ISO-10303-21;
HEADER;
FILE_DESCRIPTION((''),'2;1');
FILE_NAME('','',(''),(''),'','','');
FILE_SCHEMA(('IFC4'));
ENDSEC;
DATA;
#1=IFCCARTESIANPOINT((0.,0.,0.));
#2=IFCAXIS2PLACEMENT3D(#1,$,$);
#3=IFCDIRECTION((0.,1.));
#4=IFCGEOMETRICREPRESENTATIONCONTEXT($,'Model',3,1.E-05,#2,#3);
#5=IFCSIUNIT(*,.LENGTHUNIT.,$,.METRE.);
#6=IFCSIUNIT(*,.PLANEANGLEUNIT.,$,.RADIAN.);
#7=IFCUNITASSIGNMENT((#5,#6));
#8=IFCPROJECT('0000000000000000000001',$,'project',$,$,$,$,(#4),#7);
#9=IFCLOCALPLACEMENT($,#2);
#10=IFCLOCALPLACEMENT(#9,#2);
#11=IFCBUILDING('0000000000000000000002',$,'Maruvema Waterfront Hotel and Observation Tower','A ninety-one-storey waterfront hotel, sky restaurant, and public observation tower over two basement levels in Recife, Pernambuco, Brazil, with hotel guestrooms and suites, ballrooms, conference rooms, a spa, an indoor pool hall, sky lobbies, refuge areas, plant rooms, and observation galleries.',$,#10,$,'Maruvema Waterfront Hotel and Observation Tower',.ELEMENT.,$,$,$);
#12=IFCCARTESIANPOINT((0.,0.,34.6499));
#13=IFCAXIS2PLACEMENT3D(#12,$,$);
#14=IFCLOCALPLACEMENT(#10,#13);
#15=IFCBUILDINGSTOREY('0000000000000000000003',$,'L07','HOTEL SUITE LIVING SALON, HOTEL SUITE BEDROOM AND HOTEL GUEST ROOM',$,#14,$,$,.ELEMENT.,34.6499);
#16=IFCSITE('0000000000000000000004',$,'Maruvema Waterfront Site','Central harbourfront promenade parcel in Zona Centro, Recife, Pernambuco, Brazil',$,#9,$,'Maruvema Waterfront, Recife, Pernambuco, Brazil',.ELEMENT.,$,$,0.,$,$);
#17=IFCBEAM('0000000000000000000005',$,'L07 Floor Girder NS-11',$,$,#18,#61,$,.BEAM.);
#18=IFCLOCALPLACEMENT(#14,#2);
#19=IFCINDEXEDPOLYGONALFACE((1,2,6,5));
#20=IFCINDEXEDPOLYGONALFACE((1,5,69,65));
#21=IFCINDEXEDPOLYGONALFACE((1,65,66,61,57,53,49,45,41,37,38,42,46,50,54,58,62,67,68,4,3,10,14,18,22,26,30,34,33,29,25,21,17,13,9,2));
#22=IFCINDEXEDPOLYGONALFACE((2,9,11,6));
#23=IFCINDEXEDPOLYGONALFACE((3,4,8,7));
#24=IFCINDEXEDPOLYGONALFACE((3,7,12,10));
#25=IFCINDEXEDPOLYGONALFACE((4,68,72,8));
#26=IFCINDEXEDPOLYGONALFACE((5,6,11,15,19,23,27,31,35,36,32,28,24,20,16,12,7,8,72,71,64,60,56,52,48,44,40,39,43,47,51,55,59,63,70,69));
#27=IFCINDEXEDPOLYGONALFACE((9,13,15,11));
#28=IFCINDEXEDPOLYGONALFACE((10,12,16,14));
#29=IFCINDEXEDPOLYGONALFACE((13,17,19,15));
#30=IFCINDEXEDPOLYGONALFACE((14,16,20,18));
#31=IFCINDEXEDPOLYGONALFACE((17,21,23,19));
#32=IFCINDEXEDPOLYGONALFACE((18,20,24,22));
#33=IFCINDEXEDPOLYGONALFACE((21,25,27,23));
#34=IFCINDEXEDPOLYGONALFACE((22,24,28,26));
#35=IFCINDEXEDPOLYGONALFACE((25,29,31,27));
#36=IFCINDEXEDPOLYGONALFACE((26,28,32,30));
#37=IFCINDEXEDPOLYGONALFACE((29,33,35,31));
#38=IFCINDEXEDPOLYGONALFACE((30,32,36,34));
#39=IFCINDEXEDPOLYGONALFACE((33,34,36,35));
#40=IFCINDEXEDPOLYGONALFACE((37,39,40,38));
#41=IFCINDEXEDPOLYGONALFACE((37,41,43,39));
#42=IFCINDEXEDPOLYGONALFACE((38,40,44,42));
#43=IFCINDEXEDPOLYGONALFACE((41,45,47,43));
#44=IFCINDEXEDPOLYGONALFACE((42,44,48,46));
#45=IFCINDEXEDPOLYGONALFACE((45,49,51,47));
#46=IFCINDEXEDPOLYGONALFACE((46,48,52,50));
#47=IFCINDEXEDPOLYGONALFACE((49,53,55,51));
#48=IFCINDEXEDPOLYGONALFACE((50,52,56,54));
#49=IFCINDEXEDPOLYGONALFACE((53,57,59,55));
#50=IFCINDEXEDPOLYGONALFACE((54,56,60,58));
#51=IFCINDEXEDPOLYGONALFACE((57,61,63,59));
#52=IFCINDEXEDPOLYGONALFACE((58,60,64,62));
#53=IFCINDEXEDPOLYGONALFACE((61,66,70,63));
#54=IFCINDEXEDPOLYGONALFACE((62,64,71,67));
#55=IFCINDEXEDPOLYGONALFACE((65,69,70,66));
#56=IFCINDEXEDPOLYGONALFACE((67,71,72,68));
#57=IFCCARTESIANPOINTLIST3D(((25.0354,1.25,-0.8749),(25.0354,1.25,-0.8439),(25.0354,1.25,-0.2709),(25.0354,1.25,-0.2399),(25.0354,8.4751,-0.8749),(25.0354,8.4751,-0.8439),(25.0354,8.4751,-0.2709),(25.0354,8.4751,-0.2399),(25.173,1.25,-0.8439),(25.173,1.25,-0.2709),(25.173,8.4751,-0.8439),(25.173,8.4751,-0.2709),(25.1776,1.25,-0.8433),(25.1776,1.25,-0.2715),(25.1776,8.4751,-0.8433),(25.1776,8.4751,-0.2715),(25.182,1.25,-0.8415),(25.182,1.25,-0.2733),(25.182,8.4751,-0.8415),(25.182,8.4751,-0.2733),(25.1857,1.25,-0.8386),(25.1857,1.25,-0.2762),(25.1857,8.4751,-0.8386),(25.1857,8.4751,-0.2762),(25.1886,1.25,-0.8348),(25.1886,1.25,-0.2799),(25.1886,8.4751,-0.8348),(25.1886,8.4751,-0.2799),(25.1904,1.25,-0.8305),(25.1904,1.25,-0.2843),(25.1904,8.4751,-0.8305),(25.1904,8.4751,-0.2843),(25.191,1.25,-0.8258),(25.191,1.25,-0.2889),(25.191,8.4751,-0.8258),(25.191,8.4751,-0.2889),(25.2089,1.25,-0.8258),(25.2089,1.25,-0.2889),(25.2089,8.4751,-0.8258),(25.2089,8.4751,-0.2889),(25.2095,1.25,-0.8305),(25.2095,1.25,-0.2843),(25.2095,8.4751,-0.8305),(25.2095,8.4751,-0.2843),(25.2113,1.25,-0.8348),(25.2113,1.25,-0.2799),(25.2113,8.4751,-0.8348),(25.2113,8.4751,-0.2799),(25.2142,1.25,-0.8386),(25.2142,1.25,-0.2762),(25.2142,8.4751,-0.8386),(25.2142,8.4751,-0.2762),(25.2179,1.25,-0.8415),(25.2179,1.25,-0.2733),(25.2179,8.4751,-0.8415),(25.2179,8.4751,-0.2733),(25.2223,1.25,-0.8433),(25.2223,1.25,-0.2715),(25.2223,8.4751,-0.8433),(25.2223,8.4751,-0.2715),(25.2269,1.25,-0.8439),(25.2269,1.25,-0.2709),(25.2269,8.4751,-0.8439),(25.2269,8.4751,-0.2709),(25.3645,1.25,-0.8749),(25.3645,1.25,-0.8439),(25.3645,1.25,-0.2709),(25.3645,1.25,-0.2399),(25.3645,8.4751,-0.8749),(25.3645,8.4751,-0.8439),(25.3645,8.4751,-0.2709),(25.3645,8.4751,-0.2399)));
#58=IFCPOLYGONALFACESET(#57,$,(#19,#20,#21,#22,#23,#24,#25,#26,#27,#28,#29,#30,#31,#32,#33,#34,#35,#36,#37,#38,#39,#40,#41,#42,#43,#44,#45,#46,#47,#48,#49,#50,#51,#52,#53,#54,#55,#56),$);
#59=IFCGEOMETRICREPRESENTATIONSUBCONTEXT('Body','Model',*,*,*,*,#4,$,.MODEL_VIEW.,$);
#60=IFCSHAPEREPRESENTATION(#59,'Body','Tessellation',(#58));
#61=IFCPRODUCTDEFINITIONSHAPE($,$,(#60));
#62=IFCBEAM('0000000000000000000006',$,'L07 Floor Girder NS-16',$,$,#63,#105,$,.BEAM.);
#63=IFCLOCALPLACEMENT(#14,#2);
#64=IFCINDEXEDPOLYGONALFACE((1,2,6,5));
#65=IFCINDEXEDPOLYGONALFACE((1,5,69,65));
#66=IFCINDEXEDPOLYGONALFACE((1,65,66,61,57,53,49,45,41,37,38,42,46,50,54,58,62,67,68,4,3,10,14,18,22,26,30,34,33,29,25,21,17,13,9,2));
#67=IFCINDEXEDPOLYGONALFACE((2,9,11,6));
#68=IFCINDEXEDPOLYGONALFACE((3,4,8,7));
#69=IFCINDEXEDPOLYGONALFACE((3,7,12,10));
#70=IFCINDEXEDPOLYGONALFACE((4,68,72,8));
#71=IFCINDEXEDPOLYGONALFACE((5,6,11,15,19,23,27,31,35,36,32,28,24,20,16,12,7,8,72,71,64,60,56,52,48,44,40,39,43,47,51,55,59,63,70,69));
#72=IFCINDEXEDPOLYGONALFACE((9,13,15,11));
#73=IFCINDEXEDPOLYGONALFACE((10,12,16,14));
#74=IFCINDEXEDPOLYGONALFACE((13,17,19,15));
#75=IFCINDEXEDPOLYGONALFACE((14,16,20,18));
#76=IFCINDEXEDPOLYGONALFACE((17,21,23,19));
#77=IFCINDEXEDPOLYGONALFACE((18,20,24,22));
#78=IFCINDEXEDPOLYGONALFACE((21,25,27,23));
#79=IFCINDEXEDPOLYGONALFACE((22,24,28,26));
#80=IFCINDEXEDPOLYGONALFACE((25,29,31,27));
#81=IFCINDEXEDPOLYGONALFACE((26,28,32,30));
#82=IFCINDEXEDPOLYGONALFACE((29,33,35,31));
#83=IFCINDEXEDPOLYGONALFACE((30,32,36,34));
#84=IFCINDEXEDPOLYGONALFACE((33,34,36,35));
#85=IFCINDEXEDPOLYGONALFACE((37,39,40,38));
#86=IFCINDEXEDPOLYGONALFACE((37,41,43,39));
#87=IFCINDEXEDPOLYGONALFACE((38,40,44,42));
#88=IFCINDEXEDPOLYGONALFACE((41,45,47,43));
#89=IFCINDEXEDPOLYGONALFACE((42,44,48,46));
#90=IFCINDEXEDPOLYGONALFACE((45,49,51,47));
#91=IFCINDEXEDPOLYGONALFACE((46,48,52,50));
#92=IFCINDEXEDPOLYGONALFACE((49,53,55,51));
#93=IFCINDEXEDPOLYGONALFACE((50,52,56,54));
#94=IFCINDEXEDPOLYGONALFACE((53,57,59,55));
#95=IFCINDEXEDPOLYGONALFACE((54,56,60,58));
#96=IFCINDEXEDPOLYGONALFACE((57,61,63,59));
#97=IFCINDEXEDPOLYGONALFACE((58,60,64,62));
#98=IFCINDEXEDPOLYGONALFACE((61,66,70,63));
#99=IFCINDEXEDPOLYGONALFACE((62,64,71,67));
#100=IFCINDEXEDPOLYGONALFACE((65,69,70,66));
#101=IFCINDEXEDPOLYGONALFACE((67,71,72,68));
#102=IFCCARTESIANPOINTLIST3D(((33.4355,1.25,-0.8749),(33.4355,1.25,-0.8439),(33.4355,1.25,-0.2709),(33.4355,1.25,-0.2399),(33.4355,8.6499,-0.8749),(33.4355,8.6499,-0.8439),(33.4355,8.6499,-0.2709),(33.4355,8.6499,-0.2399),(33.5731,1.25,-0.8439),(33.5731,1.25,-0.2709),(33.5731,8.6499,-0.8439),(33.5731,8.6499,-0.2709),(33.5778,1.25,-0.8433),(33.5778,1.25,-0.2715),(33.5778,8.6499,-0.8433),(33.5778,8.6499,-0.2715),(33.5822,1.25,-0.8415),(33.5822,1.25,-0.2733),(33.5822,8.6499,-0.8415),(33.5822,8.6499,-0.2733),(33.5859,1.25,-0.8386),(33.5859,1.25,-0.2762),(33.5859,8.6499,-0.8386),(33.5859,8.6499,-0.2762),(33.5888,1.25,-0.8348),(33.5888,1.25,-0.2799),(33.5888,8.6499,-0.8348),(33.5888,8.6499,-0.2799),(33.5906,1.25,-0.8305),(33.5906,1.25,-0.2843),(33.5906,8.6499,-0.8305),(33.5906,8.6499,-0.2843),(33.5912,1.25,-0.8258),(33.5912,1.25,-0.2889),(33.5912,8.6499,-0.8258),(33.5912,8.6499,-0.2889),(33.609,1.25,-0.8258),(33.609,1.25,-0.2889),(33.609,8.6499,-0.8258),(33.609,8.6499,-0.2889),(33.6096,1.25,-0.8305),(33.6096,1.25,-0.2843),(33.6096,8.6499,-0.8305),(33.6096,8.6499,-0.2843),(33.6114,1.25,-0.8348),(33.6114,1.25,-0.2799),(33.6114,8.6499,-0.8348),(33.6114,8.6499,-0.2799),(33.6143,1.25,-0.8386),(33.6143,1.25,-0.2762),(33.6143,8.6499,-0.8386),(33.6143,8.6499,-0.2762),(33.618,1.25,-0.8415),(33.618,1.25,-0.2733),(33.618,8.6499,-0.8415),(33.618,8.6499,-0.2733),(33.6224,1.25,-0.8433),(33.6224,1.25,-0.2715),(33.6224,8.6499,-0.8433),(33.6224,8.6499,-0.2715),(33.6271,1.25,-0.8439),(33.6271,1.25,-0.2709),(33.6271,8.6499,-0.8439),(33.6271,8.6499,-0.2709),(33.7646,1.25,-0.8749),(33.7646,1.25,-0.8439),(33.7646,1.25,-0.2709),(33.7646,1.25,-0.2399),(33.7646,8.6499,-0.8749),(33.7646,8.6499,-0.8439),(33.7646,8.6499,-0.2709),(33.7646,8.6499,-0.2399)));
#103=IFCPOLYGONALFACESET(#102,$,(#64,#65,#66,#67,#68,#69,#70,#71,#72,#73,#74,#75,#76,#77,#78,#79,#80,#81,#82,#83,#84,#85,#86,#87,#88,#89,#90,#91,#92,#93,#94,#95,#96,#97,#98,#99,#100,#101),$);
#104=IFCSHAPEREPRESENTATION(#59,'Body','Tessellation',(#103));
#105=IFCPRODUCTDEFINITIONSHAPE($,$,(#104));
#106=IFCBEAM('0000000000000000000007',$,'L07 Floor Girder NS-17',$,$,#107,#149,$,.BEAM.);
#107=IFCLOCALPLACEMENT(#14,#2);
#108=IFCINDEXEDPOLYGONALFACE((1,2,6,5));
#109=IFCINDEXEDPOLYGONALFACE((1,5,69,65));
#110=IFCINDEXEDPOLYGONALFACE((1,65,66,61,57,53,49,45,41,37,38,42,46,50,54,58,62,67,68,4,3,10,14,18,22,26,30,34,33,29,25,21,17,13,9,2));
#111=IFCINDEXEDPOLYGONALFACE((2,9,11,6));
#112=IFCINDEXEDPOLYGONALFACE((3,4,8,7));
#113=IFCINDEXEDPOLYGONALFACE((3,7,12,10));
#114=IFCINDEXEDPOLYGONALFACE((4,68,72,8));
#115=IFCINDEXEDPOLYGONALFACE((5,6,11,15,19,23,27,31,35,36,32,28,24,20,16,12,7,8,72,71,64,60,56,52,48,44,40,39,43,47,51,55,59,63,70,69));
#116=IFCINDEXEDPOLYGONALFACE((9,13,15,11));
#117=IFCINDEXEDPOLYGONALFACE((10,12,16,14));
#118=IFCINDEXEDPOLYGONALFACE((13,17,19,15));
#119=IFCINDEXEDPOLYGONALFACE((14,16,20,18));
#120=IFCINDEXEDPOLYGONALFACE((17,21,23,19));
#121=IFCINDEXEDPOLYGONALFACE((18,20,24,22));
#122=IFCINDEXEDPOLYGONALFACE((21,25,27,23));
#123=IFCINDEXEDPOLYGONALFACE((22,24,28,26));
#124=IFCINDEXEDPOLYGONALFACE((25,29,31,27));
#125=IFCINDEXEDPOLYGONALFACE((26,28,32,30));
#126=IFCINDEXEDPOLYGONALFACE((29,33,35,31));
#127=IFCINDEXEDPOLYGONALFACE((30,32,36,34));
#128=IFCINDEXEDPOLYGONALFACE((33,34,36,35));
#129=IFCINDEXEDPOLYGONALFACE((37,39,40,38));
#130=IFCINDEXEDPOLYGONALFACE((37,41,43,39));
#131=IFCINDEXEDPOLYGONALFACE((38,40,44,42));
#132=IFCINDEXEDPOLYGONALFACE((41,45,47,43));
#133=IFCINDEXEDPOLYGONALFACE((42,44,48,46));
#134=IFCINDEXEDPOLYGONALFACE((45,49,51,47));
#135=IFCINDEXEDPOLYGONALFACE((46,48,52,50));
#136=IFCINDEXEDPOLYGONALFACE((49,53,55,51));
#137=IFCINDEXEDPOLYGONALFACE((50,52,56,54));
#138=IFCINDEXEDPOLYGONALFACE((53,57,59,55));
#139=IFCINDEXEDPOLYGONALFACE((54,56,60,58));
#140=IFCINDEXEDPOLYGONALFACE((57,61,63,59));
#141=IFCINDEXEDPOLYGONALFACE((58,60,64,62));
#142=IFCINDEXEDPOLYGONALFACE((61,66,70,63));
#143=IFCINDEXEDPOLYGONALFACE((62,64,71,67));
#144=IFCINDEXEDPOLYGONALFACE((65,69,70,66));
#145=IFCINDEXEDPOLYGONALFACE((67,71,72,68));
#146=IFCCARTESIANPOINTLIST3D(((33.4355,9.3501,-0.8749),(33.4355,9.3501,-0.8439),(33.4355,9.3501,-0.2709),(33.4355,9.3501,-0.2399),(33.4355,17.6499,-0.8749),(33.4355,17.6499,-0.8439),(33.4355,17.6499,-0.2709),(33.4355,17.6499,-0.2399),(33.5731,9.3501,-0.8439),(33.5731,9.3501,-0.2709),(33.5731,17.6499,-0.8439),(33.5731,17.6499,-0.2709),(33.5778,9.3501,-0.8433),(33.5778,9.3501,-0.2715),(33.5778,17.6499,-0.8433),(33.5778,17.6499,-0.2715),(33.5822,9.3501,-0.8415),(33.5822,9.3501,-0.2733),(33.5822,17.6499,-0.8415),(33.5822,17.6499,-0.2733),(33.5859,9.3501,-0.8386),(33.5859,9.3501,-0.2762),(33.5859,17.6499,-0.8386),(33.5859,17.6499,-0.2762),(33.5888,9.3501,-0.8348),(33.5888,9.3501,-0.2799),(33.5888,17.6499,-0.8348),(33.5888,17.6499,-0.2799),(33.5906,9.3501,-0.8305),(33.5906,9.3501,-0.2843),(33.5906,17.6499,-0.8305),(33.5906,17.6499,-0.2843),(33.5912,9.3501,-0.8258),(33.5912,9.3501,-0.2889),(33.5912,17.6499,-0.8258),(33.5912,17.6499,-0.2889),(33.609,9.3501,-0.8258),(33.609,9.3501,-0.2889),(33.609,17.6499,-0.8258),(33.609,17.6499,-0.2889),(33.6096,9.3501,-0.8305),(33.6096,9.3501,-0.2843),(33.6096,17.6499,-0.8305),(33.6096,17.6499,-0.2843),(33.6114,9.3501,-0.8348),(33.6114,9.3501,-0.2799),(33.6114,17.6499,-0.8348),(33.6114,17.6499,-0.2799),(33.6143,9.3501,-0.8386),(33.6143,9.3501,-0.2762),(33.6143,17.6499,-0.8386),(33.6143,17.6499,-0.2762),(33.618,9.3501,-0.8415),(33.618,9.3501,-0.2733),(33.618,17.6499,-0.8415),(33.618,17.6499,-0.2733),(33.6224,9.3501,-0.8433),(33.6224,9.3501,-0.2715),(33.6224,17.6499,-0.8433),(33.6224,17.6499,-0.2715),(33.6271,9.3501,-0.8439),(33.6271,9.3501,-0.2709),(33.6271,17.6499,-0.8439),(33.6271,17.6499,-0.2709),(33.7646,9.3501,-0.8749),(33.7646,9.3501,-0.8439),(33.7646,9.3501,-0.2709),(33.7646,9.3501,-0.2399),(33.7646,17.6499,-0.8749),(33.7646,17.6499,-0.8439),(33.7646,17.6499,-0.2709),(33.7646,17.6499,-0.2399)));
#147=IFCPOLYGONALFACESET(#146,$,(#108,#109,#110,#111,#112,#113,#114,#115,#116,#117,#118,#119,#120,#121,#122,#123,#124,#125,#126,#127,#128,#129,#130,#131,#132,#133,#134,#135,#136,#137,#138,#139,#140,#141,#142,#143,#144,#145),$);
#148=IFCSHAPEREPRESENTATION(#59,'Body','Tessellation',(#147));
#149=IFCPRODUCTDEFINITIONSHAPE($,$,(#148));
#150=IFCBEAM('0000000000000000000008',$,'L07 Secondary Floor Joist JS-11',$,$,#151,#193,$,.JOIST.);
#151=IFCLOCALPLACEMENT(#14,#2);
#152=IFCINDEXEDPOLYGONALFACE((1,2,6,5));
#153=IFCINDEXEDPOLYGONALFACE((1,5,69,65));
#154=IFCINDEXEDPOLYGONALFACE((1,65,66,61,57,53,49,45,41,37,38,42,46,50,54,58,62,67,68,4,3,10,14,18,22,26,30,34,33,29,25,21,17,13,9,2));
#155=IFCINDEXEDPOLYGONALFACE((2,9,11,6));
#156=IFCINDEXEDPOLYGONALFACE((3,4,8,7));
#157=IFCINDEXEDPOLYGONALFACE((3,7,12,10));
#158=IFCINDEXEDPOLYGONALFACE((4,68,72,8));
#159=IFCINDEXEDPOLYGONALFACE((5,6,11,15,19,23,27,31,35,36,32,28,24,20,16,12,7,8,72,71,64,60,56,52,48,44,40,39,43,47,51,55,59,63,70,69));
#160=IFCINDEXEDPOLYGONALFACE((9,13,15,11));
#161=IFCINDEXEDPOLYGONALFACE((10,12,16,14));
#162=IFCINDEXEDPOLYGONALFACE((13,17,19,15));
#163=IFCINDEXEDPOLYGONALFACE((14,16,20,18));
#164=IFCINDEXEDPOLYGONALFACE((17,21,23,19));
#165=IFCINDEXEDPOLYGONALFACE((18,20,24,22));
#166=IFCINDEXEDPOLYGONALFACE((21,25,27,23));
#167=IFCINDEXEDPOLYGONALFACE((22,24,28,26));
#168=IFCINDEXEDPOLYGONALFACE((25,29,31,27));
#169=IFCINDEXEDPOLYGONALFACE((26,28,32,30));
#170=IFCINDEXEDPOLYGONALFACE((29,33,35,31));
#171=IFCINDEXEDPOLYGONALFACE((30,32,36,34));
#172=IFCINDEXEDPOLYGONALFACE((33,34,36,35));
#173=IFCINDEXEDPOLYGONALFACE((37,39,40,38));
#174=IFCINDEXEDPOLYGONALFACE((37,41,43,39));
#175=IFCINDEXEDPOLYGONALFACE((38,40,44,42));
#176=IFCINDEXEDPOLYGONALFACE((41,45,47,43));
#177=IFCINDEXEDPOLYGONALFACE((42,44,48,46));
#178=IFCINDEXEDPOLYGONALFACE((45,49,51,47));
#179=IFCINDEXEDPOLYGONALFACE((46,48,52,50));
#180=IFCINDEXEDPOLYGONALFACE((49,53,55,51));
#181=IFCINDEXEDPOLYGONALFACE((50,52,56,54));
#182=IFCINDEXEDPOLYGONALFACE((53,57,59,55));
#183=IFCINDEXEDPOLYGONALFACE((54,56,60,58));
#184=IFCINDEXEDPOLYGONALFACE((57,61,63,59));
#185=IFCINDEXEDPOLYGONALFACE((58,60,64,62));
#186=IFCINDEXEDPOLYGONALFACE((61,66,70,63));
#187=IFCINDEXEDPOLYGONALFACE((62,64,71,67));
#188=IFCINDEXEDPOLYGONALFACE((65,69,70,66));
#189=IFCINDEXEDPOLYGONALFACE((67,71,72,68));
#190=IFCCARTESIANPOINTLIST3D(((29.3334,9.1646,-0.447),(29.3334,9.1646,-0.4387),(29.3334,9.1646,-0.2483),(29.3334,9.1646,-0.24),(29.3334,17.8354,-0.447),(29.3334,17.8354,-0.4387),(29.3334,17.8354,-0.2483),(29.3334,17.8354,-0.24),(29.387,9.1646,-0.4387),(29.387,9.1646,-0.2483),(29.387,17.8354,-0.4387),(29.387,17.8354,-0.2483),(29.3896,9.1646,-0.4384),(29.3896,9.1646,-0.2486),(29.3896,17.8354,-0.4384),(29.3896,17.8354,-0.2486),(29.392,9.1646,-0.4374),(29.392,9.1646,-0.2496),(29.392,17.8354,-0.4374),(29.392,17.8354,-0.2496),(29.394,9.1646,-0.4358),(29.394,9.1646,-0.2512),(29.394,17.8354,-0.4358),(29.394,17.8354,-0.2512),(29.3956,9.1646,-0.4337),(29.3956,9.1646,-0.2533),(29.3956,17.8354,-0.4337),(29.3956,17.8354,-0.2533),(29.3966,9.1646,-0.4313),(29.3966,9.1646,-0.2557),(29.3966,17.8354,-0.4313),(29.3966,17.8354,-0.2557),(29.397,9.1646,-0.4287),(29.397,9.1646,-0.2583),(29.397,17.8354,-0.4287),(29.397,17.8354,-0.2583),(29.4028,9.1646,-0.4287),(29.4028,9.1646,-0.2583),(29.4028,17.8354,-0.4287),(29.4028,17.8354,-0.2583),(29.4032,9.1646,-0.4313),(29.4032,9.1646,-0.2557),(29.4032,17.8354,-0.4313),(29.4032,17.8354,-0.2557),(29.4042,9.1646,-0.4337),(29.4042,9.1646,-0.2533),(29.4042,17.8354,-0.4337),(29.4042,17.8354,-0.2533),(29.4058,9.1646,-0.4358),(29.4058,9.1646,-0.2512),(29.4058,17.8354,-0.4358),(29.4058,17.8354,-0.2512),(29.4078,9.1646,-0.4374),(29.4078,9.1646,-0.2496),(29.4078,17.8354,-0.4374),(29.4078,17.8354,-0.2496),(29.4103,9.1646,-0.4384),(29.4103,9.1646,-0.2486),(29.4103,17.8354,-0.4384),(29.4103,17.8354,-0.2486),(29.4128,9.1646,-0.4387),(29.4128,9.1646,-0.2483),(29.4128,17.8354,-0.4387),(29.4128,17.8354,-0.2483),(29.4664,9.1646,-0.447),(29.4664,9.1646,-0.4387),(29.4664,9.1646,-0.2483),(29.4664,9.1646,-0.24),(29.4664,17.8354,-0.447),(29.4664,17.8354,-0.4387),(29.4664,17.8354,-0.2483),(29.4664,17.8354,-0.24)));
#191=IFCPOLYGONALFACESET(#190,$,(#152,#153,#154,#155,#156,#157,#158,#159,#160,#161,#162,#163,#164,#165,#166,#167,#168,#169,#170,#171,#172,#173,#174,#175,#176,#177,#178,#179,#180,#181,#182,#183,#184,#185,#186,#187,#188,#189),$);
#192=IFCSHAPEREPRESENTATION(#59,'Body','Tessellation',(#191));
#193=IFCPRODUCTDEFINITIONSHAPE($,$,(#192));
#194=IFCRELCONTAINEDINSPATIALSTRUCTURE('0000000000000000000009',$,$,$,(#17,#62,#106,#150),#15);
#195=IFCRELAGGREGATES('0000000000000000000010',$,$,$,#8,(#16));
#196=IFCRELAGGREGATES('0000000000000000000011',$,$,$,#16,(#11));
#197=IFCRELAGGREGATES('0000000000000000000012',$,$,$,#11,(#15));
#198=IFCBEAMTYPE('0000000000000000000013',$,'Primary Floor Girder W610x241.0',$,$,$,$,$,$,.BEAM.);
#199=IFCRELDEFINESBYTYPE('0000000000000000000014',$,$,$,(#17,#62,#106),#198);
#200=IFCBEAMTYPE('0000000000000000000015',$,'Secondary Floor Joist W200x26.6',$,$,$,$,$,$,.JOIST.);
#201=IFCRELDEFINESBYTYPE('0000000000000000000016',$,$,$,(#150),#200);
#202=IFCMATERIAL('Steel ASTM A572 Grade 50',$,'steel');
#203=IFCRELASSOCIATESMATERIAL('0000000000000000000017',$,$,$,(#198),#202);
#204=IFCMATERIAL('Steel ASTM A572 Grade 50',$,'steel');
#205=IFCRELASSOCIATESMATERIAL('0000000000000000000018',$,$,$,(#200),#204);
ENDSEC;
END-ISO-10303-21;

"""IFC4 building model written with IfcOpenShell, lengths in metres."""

from ifc_helpers import new_model, si_unit, direction, frame, origin, origin_2d, place, context, subcontext, project, spatial, i_section, extrude, material, material_profile, profile_set, type_object, element, save


model = new_model("IFC4")

# Units and contexts
model_context = context("Model", 3, precision=1e-05, world=origin(), true_north=direction((0.0, 1.0)))
body_context = subcontext(model_context, "Body", "Model", "MODEL_VIEW")
ifc_project = project(units=[si_unit("LENGTHUNIT", "METRE"), si_unit("PLANEANGLEUNIT", "RADIAN")], contexts=[model_context])

# Site, building, storey
site_placement = place(None, origin())
site = spatial("IfcSite", under=ifc_project, at=site_placement, Name="Maruvema Waterfront Site", Description="Central harbourfront promenade parcel in Zona Centro, Recife, Pernambuco, Brazil", LongName="Maruvema Waterfront, Recife, Pernambuco, Brazil", CompositionType="ELEMENT", RefElevation=0.0)
building_placement = place(site_placement, origin())
building = spatial("IfcBuilding", under=site, at=building_placement, Name="Maruvema Waterfront Hotel and Observation Tower", Description="A ninety-one-storey waterfront hotel, sky restaurant, and public observation tower over two basement levels in Recife, Pernambuco, Brazil, with hotel guestrooms and suites, ballrooms, conference rooms, a spa, an indoor pool hall, sky lobbies, refuge areas, plant rooms, and observation galleries.", LongName="Maruvema Waterfront Hotel and Observation Tower", CompositionType="ELEMENT")
storey_placement = place(building_placement, frame((0.0, 0.0, 34.6499)))
storey = spatial("IfcBuildingStorey", under=building, at=storey_placement, Name="L07", Description="HOTEL SUITE LIVING SALON, HOTEL SUITE BEDROOM AND HOTEL GUEST ROOM", CompositionType="ELEMENT", Elevation=34.6499)

# Beams
ifc_material_1 = material(Name="Steel ASTM A572 Grade 50", Category="steel")
ifc_material_profile_1 = material_profile(ifc_material_1, i_section(OverallWidth=0.3291, OverallDepth=0.635, WebThickness=0.0178, FlangeThickness=0.031, FilletRadius=0.0181, at=origin_2d()), Name="W610x241.0")
ifc_profile_set_1 = profile_set([ifc_material_profile_1], Name="Steel ASTM A572 Grade 50")
beam_type_1 = type_object("IfcBeamType", Name="Primary Floor Girder W610x241.0", PredefinedType="BEAM", material=ifc_profile_set_1)
beam_1_placement = place(storey_placement, frame((25.2, 1.25, -0.5574), z_axis=(0.0, 1.0, 0.0), x_axis=(-1.0, 0.0, 0.0)))
element("IfcBeam", 1, at=beam_1_placement, inside=storey, type_object=beam_type_1, Name="L07 Floor Girder NS-11", PredefinedType="BEAM", context=body_context, shape_type="SweptSolid", body=[
    extrude(i_section(OverallWidth=0.3291, OverallDepth=0.635, WebThickness=0.0178, FlangeThickness=0.031, FilletRadius=0.0181, at=origin_2d()), origin(), (0.0, 0.0, 1.0), 7.2251),
])
beam_2_placement = place(storey_placement, frame((33.6001, 1.25, -0.5574), z_axis=(0.0, 1.0, 0.0), x_axis=(-1.0, 0.0, 0.0)))
element("IfcBeam", 2, at=beam_2_placement, inside=storey, type_object=beam_type_1, Name="L07 Floor Girder NS-16", PredefinedType="BEAM", context=body_context, shape_type="SweptSolid", body=[
    extrude(i_section(OverallWidth=0.3291, OverallDepth=0.635, WebThickness=0.0178, FlangeThickness=0.031, FilletRadius=0.0181, at=origin_2d()), origin(), (0.0, 0.0, 1.0), 7.3999),
])
beam_3_placement = place(storey_placement, frame((33.6001, 9.3501, -0.5574), z_axis=(0.0, 1.0, 0.0), x_axis=(-1.0, 0.0, 0.0)))
element("IfcBeam", 3, at=beam_3_placement, inside=storey, type_object=beam_type_1, Name="L07 Floor Girder NS-17", PredefinedType="BEAM", context=body_context, shape_type="SweptSolid", body=[
    extrude(i_section(OverallWidth=0.3291, OverallDepth=0.635, WebThickness=0.0178, FlangeThickness=0.031, FilletRadius=0.0181, at=origin_2d()), origin(), (0.0, 0.0, 1.0), 8.2998),
])
ifc_material_2 = material(Name="Steel ASTM A572 Grade 50", Category="steel")
ifc_material_profile_2 = material_profile(ifc_material_2, i_section(OverallWidth=0.1331, OverallDepth=0.207, WebThickness=0.0059, FlangeThickness=0.0083, FilletRadius=0.01, at=origin_2d()), Name="W200x26.6")
ifc_profile_set_2 = profile_set([ifc_material_profile_2], Name="Steel ASTM A572 Grade 50")
beam_type_2 = type_object("IfcBeamType", Name="Secondary Floor Joist W200x26.6", PredefinedType="JOIST", material=ifc_profile_set_2)
beam_4_placement = place(storey_placement, frame((29.3999, 9.1646, -0.3435), z_axis=(0.0, 1.0, 0.0), x_axis=(-1.0, 0.0, 0.0)))
element("IfcBeam", 4, at=beam_4_placement, inside=storey, type_object=beam_type_2, Name="L07 Secondary Floor Joist JS-11", PredefinedType="JOIST", context=body_context, shape_type="SweptSolid", body=[
    extrude(i_section(OverallWidth=0.1331, OverallDepth=0.207, WebThickness=0.0059, FlangeThickness=0.0083, FilletRadius=0.01, at=origin_2d()), origin(), (0.0, 0.0, 1.0), 8.6709),
])

save(model, "model.ifc")
